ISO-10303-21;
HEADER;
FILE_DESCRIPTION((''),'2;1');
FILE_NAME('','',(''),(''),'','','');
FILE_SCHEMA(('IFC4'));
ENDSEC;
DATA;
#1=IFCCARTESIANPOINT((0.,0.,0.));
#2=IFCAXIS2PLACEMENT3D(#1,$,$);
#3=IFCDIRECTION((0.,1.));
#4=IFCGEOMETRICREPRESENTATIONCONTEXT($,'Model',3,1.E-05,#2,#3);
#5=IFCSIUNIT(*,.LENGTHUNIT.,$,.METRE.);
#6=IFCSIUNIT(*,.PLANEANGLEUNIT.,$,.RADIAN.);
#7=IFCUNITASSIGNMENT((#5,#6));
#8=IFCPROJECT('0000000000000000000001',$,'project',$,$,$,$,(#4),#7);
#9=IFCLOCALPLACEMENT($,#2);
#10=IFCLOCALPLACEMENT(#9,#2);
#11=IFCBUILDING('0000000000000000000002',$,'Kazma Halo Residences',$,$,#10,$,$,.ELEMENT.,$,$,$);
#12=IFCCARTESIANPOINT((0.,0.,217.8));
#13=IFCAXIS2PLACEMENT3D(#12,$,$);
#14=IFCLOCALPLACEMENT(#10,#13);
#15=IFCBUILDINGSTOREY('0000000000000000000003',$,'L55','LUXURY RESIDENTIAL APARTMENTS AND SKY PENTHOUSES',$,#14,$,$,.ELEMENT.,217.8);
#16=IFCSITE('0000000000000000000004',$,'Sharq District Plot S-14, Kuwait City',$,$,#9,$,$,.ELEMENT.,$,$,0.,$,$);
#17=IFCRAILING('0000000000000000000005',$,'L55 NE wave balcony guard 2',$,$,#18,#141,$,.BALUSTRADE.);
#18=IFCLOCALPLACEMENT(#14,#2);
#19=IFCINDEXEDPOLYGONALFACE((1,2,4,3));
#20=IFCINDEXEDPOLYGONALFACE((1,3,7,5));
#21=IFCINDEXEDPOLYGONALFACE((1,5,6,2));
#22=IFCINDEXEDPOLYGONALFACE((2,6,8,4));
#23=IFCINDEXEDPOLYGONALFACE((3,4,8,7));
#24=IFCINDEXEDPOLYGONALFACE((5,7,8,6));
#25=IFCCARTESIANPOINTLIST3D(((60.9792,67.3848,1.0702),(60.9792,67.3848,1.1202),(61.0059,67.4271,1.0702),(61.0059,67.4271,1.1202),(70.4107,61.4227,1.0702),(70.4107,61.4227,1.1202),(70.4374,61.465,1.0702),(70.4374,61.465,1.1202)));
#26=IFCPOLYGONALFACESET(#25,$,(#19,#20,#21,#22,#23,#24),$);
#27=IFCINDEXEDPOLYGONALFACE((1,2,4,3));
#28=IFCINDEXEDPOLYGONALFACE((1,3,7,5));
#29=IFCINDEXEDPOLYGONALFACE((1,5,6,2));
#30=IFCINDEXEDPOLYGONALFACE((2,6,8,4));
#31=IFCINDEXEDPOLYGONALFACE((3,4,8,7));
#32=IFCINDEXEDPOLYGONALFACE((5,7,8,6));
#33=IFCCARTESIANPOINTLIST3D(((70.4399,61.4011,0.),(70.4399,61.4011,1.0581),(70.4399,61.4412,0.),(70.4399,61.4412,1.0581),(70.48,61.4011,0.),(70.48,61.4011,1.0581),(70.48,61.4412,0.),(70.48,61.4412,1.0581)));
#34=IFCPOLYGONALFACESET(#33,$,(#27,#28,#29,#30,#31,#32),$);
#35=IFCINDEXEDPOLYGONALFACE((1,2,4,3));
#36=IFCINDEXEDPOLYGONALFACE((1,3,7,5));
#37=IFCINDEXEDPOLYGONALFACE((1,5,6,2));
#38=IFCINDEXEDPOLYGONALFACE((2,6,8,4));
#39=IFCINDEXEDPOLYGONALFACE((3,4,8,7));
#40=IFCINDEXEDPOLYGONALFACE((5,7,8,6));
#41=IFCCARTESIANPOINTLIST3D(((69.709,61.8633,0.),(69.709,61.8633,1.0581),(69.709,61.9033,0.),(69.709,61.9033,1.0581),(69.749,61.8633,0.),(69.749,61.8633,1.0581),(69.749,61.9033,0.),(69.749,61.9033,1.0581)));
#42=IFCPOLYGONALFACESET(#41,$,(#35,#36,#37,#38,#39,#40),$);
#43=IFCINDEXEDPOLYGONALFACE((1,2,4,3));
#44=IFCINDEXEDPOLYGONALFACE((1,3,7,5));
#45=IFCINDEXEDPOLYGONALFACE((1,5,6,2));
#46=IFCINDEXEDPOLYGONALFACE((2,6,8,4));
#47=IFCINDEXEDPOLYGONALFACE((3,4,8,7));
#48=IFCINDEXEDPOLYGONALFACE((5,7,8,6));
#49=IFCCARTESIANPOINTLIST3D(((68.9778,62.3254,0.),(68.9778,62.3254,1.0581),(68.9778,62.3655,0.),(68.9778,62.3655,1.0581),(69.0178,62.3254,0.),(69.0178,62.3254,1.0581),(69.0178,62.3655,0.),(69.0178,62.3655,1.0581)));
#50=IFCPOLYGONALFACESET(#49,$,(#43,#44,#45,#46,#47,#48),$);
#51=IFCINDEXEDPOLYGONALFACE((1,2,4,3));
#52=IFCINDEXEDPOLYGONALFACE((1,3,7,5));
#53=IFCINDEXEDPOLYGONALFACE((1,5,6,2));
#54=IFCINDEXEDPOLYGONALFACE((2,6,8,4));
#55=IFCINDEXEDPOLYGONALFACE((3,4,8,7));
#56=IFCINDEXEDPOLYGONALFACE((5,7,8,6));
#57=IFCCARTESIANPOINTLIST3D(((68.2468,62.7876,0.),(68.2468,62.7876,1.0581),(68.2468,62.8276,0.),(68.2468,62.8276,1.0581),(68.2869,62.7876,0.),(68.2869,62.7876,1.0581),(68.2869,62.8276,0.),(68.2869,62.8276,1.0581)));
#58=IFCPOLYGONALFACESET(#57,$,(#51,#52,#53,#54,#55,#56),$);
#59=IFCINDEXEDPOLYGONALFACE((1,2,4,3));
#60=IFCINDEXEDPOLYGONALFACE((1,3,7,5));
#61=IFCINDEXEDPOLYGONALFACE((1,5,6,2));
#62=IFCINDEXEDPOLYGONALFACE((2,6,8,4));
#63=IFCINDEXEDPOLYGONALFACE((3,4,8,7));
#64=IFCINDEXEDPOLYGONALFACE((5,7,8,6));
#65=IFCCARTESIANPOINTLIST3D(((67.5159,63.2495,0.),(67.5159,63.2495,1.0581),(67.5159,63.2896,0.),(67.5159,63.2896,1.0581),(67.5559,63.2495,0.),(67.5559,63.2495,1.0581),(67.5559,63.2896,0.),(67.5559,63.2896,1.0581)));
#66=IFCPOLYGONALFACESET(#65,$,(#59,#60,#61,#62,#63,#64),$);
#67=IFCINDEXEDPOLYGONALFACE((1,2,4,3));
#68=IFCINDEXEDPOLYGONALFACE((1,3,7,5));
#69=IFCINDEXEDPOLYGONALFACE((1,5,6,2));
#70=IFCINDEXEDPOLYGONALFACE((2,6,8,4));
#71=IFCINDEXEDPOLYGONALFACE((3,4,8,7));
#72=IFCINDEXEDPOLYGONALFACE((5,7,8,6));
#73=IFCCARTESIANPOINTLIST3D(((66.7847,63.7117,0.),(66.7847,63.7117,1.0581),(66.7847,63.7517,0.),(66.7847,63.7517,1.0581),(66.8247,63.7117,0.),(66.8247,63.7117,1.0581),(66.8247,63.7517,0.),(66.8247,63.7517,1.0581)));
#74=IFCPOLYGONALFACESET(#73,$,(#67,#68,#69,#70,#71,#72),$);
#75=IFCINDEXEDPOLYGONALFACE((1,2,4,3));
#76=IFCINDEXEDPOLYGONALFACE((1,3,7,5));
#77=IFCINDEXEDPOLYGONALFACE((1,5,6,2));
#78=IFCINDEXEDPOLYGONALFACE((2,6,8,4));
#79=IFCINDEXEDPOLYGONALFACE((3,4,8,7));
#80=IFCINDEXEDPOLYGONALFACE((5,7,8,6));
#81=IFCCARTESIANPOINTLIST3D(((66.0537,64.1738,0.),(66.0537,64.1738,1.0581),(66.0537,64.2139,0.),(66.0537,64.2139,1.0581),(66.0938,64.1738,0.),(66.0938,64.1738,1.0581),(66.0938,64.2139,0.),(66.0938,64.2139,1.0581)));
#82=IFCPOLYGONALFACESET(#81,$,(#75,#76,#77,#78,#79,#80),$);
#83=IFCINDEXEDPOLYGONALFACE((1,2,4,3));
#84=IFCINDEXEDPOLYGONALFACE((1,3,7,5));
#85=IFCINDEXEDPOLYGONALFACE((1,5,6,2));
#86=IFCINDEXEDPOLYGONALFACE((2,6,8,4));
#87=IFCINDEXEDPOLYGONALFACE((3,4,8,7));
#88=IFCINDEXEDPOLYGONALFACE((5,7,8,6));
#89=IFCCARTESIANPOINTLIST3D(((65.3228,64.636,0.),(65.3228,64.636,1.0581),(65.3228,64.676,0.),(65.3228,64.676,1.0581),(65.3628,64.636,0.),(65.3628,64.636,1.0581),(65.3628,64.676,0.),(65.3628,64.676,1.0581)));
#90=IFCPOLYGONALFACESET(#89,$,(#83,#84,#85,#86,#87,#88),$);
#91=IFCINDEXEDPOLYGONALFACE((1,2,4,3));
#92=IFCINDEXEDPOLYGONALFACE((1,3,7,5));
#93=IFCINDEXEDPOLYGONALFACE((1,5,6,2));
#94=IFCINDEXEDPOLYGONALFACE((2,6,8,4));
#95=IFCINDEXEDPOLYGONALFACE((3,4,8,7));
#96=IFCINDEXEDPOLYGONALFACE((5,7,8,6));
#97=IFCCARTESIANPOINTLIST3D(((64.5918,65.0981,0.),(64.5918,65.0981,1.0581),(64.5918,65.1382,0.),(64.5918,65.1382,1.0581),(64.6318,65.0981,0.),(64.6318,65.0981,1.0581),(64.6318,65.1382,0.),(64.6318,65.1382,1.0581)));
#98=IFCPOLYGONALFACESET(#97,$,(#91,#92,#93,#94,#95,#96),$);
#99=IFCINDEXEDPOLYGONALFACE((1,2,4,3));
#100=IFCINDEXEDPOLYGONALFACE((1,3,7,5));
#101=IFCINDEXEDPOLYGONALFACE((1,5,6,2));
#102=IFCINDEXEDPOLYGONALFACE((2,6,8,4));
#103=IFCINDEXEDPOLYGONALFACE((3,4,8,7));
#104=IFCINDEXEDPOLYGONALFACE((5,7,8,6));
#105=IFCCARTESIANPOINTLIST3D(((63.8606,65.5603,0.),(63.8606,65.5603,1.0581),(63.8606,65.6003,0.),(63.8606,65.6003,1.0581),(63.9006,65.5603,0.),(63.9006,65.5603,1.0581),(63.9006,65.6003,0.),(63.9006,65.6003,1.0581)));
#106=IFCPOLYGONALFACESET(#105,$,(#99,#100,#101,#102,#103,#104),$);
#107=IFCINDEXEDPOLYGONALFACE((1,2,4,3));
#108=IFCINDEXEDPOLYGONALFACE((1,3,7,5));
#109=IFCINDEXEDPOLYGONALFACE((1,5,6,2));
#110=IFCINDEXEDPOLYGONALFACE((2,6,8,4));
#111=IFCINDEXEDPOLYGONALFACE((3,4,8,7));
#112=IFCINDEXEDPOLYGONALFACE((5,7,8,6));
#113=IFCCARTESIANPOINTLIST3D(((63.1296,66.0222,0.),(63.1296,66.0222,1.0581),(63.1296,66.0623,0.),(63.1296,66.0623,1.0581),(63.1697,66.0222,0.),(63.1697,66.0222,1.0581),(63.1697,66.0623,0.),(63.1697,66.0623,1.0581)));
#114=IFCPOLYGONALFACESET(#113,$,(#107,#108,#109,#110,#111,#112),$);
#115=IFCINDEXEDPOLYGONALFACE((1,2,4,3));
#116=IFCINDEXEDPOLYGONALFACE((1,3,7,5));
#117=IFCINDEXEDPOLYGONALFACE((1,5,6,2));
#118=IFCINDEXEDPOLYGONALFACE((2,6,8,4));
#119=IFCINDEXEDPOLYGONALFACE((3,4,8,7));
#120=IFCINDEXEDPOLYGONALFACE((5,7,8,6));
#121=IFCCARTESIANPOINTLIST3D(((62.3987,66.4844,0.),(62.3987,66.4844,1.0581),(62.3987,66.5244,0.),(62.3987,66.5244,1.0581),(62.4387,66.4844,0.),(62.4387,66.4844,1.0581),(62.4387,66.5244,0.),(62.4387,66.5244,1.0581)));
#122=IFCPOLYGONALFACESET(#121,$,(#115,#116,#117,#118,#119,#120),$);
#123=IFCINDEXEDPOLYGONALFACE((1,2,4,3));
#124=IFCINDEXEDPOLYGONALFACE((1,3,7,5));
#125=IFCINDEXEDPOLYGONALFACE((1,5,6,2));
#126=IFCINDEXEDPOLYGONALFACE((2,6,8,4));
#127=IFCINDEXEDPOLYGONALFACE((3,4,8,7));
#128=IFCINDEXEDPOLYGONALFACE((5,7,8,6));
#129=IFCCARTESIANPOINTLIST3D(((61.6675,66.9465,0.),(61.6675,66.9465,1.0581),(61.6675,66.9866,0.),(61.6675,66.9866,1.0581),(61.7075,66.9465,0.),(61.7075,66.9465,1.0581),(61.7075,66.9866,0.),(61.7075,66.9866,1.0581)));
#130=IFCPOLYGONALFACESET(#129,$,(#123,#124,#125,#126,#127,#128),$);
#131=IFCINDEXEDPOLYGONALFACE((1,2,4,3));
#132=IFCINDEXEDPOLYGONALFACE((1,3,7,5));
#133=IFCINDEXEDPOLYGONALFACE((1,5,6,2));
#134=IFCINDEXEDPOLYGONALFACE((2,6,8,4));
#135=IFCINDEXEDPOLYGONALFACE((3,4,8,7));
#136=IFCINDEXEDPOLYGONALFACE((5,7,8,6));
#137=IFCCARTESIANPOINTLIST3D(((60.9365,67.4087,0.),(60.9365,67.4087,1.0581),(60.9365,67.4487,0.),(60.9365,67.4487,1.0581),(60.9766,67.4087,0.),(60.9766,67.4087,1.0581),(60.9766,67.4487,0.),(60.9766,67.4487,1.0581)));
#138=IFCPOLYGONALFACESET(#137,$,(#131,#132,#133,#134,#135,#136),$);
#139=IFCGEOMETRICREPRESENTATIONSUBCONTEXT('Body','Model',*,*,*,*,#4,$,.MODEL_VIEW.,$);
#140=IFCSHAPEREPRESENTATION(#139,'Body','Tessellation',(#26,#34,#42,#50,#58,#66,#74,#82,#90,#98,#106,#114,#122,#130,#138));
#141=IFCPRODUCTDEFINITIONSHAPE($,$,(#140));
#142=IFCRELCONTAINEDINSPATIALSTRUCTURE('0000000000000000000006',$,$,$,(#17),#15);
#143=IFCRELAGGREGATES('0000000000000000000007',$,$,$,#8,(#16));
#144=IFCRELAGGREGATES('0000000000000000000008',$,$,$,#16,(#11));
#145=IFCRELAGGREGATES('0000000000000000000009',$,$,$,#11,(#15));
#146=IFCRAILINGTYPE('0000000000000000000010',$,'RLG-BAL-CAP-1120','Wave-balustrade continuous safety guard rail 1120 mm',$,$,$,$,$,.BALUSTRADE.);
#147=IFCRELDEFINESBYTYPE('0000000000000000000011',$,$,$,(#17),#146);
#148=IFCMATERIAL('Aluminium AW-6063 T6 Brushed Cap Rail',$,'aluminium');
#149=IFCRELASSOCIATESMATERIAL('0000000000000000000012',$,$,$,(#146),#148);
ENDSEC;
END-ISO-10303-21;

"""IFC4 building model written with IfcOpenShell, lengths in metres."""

from ifc_helpers import new_model, si_unit, direction, frame, origin, origin_2d, place, context, subcontext, project, spatial, rectangle, extrude, material, type_object, element, save


model = new_model("IFC4")

# Units and contexts
model_context = context("Model", 3, precision=1e-05, world=origin(), true_north=direction((0.0, 1.0)))
body_context = subcontext(model_context, "Body", "Model", "MODEL_VIEW")
ifc_project = project(units=[si_unit("LENGTHUNIT", "METRE"), si_unit("PLANEANGLEUNIT", "RADIAN")], contexts=[model_context])

# Site, building, storey
site_placement = place(None, origin())
site = spatial("IfcSite", under=ifc_project, at=site_placement, Name="Sharq District Plot S-14, Kuwait City", CompositionType="ELEMENT", RefElevation=0.0)
building_placement = place(site_placement, origin())
building = spatial("IfcBuilding", under=site, at=building_placement, Name="Kazma Halo Residences", CompositionType="ELEMENT")
storey_placement = place(building_placement, frame((0.0, 0.0, 217.8)))
storey = spatial("IfcBuildingStorey", under=building, at=storey_placement, Name="L55", Description="LUXURY RESIDENTIAL APARTMENTS AND SKY PENTHOUSES", CompositionType="ELEMENT", Elevation=217.8)

# Railing
ifc_material_1 = material(Name="Aluminium AW-6063 T6 Brushed Cap Rail", Category="aluminium")
railing_type = type_object("IfcRailingType", Name="RLG-BAL-CAP-1120", Description="Wave-balustrade continuous safety guard rail 1120 mm", PredefinedType="BALUSTRADE", material=ifc_material_1)
railing_1_placement = place(storey_placement, frame((70.46, 61.4211, 0.0)))
element("IfcRailing", 1, at=railing_1_placement, inside=storey, type_object=railing_type, Name="L55 NE wave balcony guard 2", PredefinedType="BALUSTRADE", context=body_context, shape_type="SweptSolid", body=[
    extrude(rectangle(XDim=0.05, YDim=0.05, at=origin_2d()), frame((-0.0359, 0.0227, 1.0952), z_axis=(-0.845272, 0.534337, 0.0), x_axis=(-0.534337, -0.845272, 0.0)), (0.0, 0.0, 1.0), 11.158),
    extrude(rectangle(XDim=0.04, YDim=0.04, at=origin_2d()), origin(), (0.0, 0.0, 1.0), 1.0581),
    extrude(rectangle(XDim=0.04, YDim=0.04, at=origin_2d()), frame((-0.731, 0.4622, 0.0)), (0.0, 0.0, 1.0), 1.0581),
    extrude(rectangle(XDim=0.04, YDim=0.04, at=origin_2d()), frame((-1.4622, 0.9243, 0.0)), (0.0, 0.0, 1.0), 1.0581),
    extrude(rectangle(XDim=0.04, YDim=0.04, at=origin_2d()), frame((-2.1931, 1.3865, 0.0)), (0.0, 0.0, 1.0), 1.0581),
    extrude(rectangle(XDim=0.04, YDim=0.04, at=origin_2d()), frame((-2.9241, 1.8484, 0.0)), (0.0, 0.0, 1.0), 1.0581),
    extrude(rectangle(XDim=0.04, YDim=0.04, at=origin_2d()), frame((-3.6553, 2.3105, 0.0)), (0.0, 0.0, 1.0), 1.0581),
    extrude(rectangle(XDim=0.04, YDim=0.04, at=origin_2d()), frame((-4.3862, 2.7727, 0.0)), (0.0, 0.0, 1.0), 1.0581),
    extrude(rectangle(XDim=0.04, YDim=0.04, at=origin_2d()), frame((-5.1172, 3.2349, 0.0)), (0.0, 0.0, 1.0), 1.0581),
    extrude(rectangle(XDim=0.04, YDim=0.04, at=origin_2d()), frame((-5.8481, 3.697, 0.0)), (0.0, 0.0, 1.0), 1.0581),
    extrude(rectangle(XDim=0.04, YDim=0.04, at=origin_2d()), frame((-6.5793, 4.1592, 0.0)), (0.0, 0.0, 1.0), 1.0581),
    extrude(rectangle(XDim=0.04, YDim=0.04, at=origin_2d()), frame((-7.3103, 4.6211, 0.0)), (0.0, 0.0, 1.0), 1.0581),
    extrude(rectangle(XDim=0.04, YDim=0.04, at=origin_2d()), frame((-8.0413, 5.0833, 0.0)), (0.0, 0.0, 1.0), 1.0581),
    extrude(rectangle(XDim=0.04, YDim=0.04, at=origin_2d()), frame((-8.7725, 5.5454, 0.0)), (0.0, 0.0, 1.0), 1.0581),
    extrude(rectangle(XDim=0.04, YDim=0.04, at=origin_2d()), frame((-9.5034, 6.0076, 0.0)), (0.0, 0.0, 1.0), 1.0581),
])

save(model, "model.ifc")
